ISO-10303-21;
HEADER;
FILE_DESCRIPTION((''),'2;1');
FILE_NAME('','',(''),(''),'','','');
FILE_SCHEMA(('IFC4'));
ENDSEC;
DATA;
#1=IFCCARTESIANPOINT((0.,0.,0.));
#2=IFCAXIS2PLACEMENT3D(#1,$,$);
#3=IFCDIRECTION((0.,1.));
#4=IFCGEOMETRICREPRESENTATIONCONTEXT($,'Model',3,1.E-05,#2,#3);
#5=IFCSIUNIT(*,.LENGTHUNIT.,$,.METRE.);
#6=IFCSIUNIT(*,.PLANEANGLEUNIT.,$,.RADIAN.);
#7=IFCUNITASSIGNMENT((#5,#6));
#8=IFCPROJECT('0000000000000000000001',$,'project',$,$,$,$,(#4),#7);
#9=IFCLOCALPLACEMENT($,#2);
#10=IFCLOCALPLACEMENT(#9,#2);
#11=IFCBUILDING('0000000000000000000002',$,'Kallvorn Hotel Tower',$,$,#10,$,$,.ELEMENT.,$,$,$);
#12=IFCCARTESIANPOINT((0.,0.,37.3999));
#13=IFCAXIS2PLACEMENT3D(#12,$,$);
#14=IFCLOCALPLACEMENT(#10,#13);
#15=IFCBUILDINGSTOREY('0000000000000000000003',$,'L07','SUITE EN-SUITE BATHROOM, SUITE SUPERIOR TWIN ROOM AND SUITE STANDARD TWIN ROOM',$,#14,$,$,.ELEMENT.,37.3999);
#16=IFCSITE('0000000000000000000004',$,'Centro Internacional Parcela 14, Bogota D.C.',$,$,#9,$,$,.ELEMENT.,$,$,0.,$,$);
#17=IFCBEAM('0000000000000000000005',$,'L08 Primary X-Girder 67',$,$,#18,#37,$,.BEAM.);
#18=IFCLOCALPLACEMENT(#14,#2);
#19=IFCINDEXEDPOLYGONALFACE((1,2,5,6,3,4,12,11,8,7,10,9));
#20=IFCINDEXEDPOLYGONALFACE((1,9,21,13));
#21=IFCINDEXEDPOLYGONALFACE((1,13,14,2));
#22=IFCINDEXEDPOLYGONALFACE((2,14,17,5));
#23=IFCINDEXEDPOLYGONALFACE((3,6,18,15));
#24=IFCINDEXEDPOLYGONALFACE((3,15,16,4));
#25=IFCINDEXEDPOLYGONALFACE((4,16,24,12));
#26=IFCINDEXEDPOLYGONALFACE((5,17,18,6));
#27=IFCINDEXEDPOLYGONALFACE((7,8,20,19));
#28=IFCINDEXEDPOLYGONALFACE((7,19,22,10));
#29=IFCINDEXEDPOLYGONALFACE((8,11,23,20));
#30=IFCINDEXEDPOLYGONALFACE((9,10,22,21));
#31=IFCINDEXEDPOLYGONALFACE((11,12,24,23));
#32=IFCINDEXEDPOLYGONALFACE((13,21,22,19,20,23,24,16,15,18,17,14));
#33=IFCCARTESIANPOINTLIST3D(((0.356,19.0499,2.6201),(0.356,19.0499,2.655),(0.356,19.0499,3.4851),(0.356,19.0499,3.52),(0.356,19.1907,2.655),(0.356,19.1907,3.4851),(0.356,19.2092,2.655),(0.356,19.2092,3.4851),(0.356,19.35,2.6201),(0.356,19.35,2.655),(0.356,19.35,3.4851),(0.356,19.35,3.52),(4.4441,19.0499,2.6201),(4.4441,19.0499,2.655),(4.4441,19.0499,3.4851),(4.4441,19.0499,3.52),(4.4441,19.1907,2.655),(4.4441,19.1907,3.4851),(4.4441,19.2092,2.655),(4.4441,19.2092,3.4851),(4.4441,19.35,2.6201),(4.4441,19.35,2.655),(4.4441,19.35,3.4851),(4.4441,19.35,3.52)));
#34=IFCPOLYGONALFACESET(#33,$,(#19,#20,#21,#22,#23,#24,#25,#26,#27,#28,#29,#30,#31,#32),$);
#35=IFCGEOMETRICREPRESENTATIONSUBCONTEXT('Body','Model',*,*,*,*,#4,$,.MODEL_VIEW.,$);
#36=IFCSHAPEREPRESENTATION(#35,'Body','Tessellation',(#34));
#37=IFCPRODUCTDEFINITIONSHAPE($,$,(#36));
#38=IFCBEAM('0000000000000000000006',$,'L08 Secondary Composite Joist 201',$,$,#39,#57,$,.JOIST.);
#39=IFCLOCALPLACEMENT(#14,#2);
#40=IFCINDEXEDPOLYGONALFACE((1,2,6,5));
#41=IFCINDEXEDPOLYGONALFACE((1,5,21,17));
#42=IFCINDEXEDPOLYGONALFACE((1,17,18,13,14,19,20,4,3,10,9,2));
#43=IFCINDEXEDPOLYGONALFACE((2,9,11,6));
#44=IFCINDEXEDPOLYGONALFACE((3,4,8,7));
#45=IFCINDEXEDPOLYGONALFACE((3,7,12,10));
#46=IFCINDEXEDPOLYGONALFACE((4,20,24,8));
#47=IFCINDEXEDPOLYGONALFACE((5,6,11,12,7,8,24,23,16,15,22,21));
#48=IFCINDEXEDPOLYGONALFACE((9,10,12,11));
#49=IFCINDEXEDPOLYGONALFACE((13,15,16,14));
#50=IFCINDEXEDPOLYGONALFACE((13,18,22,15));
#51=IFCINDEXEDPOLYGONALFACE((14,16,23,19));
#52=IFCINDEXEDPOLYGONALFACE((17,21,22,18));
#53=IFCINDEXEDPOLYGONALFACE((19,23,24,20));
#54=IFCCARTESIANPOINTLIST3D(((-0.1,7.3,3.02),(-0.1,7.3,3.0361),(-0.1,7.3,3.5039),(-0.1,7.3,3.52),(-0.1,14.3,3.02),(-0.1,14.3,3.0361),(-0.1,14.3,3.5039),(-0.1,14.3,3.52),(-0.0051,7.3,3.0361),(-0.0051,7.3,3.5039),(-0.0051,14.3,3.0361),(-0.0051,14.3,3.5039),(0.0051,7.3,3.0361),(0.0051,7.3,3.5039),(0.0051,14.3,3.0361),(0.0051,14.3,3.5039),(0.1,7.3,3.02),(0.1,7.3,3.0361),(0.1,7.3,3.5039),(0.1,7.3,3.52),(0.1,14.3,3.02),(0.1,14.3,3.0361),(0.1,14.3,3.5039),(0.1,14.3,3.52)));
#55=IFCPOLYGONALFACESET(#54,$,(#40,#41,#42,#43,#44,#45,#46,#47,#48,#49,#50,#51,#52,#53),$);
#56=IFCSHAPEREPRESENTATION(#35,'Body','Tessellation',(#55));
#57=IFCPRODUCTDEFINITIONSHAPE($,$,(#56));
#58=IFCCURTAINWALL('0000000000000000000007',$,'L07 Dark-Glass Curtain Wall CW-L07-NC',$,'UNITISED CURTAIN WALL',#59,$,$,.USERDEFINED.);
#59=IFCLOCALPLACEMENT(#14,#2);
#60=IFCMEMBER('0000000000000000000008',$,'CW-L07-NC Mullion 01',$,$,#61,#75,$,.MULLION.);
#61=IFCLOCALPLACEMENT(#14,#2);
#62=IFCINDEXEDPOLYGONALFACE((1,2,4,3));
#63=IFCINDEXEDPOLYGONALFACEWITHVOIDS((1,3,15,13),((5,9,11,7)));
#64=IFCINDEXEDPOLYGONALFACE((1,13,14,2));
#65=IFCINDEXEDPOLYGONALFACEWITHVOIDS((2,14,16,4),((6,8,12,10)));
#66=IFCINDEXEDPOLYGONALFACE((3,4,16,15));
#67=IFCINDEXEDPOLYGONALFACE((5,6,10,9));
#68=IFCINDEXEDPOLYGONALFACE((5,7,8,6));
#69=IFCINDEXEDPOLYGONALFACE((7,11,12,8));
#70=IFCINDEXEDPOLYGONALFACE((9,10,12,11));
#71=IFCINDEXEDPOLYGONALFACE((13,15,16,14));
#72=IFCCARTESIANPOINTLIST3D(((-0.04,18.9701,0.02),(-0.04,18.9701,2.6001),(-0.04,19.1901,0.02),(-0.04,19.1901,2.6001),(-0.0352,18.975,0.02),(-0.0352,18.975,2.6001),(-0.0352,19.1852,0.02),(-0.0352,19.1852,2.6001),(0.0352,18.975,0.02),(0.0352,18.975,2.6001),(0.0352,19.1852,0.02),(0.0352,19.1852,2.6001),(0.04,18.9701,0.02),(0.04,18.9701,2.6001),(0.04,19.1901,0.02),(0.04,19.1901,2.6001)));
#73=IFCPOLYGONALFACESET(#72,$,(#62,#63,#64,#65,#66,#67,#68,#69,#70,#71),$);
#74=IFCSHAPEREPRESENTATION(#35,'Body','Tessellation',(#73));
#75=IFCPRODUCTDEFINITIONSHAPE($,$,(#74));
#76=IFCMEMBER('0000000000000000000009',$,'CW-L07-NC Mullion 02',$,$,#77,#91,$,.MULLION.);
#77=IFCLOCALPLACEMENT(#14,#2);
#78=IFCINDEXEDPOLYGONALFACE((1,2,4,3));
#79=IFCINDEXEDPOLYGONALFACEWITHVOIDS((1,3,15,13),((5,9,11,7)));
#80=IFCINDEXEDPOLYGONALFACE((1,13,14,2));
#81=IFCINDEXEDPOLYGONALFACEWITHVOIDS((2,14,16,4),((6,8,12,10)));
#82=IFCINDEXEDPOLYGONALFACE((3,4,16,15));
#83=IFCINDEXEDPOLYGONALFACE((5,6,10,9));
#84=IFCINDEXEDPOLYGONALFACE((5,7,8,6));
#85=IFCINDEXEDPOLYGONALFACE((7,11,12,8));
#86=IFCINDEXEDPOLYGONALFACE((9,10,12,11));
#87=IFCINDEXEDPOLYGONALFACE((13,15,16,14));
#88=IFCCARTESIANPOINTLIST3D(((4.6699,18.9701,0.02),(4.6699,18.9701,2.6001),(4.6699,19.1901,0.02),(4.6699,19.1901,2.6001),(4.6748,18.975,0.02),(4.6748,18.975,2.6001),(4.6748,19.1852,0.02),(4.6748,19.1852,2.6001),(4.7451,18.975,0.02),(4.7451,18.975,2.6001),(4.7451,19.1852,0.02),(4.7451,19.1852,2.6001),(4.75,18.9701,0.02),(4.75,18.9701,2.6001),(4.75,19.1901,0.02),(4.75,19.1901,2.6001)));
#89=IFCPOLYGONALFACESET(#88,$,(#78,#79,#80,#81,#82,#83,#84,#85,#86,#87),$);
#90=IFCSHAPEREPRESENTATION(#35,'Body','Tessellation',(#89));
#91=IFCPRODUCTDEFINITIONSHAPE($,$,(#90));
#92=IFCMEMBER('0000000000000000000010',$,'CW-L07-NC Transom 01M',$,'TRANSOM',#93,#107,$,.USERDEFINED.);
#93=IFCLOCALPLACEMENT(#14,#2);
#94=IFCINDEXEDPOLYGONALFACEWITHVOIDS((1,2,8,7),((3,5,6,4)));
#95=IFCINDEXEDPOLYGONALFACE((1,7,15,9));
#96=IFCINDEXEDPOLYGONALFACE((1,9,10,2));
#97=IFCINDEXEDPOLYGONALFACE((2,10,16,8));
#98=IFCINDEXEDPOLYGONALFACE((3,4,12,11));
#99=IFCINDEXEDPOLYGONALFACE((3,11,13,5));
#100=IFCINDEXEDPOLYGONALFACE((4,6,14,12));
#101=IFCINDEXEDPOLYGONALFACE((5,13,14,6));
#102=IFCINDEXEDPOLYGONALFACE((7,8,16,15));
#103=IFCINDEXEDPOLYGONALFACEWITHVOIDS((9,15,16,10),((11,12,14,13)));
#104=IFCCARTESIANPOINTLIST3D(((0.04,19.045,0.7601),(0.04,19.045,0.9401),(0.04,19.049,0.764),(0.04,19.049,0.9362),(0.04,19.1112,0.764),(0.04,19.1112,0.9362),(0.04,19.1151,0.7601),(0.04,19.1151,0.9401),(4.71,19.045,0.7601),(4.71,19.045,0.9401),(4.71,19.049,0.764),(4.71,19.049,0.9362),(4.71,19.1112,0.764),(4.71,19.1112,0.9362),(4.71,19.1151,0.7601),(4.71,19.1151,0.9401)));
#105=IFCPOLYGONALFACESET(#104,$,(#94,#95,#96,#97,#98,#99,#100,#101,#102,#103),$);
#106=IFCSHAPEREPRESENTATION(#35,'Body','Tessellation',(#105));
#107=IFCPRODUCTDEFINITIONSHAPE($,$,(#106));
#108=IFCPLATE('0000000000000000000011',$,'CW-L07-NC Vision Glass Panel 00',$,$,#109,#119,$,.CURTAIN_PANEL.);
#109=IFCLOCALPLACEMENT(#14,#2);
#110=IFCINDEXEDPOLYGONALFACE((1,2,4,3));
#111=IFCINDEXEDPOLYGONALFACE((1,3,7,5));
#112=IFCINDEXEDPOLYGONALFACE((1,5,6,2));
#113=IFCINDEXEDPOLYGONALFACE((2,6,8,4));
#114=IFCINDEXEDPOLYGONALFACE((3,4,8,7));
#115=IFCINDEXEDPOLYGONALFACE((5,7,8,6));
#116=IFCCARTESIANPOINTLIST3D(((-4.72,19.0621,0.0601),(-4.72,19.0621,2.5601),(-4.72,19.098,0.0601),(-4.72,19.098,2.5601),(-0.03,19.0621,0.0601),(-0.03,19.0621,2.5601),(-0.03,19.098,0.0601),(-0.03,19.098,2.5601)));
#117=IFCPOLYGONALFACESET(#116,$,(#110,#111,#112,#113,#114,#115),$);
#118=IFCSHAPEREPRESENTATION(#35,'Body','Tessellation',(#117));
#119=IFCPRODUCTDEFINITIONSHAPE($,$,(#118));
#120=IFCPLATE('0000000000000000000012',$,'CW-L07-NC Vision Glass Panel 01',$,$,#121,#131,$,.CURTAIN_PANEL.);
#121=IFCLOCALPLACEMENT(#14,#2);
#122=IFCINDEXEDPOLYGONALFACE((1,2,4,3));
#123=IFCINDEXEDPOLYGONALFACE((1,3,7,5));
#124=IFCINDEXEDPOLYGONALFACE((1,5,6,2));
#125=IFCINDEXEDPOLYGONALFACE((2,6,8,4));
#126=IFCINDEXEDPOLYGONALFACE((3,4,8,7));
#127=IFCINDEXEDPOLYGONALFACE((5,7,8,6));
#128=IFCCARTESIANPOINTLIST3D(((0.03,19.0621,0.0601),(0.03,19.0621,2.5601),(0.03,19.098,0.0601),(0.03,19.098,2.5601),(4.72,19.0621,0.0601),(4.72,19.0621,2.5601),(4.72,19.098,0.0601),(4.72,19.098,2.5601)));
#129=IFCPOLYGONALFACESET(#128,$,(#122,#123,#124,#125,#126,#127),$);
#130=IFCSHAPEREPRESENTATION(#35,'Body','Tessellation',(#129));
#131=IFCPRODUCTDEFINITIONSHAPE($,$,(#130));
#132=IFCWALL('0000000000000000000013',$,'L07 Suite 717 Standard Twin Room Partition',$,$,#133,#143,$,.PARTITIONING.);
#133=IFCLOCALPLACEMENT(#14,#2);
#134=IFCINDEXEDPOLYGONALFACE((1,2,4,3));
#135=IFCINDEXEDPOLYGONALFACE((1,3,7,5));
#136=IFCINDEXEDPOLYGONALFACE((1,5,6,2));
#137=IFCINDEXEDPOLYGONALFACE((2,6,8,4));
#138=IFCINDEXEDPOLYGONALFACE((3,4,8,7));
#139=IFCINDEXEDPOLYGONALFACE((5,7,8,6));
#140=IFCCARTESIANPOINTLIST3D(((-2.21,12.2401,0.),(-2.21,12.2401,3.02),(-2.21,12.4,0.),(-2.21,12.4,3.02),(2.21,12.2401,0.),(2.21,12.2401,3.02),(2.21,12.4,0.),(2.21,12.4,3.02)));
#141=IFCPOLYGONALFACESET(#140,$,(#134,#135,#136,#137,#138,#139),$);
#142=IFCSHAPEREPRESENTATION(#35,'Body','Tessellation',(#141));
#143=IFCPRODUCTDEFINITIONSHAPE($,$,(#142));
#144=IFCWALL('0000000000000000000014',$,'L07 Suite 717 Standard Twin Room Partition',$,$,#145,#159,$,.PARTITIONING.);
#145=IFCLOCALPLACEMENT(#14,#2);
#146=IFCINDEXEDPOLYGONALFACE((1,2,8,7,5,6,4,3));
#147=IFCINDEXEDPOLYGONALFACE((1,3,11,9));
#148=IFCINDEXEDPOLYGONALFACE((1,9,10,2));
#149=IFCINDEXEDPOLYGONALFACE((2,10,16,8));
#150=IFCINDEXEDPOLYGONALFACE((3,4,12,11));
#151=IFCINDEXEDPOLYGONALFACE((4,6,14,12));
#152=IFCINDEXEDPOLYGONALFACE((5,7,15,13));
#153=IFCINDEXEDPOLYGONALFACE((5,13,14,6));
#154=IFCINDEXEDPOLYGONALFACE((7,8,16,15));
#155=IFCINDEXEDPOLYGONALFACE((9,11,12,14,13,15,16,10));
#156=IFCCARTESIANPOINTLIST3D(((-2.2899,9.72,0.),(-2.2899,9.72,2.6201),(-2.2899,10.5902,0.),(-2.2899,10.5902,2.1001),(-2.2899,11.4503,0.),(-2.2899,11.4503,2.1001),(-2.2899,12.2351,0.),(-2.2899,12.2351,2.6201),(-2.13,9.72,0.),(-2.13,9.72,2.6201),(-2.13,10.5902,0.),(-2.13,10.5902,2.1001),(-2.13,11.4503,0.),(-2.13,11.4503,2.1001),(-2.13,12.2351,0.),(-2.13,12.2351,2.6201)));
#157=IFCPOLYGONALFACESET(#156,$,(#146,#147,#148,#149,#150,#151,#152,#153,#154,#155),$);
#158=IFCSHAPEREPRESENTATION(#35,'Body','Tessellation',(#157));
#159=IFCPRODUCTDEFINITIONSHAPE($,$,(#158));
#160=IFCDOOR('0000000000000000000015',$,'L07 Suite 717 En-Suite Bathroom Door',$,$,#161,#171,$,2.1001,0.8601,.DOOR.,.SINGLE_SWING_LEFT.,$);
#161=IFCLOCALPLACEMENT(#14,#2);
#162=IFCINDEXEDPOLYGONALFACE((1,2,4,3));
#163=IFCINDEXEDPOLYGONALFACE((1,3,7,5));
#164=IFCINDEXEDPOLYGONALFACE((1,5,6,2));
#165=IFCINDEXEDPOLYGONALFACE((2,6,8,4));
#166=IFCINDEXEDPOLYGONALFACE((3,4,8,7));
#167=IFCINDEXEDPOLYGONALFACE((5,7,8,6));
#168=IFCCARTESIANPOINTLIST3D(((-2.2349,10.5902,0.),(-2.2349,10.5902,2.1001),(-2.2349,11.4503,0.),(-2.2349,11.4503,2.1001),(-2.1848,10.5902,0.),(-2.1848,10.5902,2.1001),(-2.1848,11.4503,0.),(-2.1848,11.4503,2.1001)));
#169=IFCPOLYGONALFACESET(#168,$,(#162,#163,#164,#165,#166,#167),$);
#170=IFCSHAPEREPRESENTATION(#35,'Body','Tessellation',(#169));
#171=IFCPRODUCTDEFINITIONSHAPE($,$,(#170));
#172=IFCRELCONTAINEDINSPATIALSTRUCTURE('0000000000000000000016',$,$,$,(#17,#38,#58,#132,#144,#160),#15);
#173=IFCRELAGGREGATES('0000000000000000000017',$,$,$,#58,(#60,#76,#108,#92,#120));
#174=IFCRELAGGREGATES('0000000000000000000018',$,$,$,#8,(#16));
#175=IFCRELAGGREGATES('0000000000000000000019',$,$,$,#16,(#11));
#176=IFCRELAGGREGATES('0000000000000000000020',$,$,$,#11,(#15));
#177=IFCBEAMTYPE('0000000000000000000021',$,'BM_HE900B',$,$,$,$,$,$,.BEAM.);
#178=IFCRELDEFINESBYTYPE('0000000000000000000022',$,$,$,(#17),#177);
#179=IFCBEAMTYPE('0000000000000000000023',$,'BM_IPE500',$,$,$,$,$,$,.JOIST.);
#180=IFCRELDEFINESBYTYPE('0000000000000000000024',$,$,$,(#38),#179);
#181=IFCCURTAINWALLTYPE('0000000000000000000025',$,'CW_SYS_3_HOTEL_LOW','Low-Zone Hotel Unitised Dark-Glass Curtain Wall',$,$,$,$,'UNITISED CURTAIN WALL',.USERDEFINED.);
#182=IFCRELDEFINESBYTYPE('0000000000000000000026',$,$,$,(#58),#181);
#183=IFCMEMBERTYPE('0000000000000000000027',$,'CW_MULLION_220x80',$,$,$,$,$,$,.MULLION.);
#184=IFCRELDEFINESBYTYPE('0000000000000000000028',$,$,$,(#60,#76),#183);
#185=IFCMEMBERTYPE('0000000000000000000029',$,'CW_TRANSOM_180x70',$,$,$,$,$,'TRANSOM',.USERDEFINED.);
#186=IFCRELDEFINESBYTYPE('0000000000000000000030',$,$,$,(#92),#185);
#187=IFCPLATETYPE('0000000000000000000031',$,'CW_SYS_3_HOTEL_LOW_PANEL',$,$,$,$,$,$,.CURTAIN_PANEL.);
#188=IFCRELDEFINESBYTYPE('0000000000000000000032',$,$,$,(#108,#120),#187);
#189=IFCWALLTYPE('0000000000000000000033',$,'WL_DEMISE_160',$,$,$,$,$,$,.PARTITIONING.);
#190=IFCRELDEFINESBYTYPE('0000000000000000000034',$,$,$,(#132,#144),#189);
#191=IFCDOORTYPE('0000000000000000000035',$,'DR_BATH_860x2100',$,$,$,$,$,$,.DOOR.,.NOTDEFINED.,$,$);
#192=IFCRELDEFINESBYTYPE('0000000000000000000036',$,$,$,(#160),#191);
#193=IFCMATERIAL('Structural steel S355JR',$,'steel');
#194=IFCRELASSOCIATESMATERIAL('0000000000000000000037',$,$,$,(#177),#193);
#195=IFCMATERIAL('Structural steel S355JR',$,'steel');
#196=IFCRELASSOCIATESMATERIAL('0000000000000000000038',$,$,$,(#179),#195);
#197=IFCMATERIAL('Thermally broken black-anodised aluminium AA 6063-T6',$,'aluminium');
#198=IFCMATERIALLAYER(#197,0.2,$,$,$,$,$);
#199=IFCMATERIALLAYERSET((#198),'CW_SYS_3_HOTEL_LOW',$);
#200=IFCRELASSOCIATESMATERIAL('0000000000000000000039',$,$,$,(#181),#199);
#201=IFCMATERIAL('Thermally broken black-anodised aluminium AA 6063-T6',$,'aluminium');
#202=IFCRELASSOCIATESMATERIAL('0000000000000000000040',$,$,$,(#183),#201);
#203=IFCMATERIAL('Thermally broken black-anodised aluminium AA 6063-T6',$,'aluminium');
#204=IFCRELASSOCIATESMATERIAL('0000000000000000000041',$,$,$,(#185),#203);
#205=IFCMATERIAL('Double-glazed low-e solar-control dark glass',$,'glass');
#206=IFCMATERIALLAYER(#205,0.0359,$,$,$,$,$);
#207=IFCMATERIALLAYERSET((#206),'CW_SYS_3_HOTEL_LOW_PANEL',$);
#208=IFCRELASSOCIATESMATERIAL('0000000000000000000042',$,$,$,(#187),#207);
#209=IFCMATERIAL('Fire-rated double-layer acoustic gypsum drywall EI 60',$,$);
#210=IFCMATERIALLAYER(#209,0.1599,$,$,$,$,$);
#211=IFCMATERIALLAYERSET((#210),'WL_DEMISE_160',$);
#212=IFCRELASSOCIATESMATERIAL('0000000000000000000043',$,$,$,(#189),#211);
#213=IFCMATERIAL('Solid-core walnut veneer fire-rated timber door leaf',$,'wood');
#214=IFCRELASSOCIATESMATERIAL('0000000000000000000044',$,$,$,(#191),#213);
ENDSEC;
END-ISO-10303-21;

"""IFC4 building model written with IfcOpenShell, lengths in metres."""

from ifc_helpers import new_model, si_unit, direction, frame, frame_2d, origin, origin_2d, place, context, subcontext, project, spatial, rectangle, hollow_rectangle, i_section, extrude, material, layer, layer_set, material_profile, profile_set, type_object, element, fill, aggregate, save


model = new_model("IFC4")

# Units and contexts
model_context = context("Model", 3, precision=1e-05, world=origin(), true_north=direction((0.0, 1.0)))
body_context = subcontext(model_context, "Body", "Model", "MODEL_VIEW")
ifc_project = project(units=[si_unit("LENGTHUNIT", "METRE"), si_unit("PLANEANGLEUNIT", "RADIAN")], contexts=[model_context])

# Site, building, storey
site_placement = place(None, origin())
site = spatial("IfcSite", under=ifc_project, at=site_placement, Name="Centro Internacional Parcela 14, Bogota D.C.", CompositionType="ELEMENT", RefElevation=0.0)
building_placement = place(site_placement, origin())
building = spatial("IfcBuilding", under=site, at=building_placement, Name="Kallvorn Hotel Tower", CompositionType="ELEMENT")
storey_placement = place(building_placement, frame((0.0, 0.0, 37.3999)))
storey = spatial("IfcBuildingStorey", under=building, at=storey_placement, Name="L07", Description="SUITE EN-SUITE BATHROOM, SUITE SUPERIOR TWIN ROOM AND SUITE STANDARD TWIN ROOM", CompositionType="ELEMENT", Elevation=37.3999)

# Beams
ifc_material_1 = material(Name="Structural steel S355JR", Category="steel")
ifc_material_profile_1 = material_profile(ifc_material_1, i_section(OverallWidth=0.3, OverallDepth=0.8999, WebThickness=0.0186, FlangeThickness=0.0349, at=origin_2d()), Name="HE 900 B")
ifc_profile_set_1 = profile_set([ifc_material_profile_1], Name="Structural steel S355JR")
beam_type_1 = type_object("IfcBeamType", Name="BM_HE900B", PredefinedType="BEAM", material=ifc_profile_set_1)
beam_1_placement = place(storey_placement, frame((0.356, 19.2, 3.0701), z_axis=(1.0, 0.0, 0.0), x_axis=(0.0, 1.0, 0.0)))
element("IfcBeam", 1, at=beam_1_placement, inside=storey, type_object=beam_type_1, Name="L08 Primary X-Girder 67", PredefinedType="BEAM", context=body_context, shape_type="SweptSolid", body=[
    extrude(i_section(OverallWidth=0.3, OverallDepth=0.8999, WebThickness=0.0186, FlangeThickness=0.0349, at=origin_2d()), origin(), (0.0, 0.0, 1.0), 4.0881),
])
ifc_material_2 = material(Name="Structural steel S355JR", Category="steel")
ifc_material_profile_2 = material_profile(ifc_material_2, i_section(OverallWidth=0.2, OverallDepth=0.5, WebThickness=0.0103, FlangeThickness=0.0161, at=origin_2d()), Name="IPE 500")
ifc_profile_set_2 = profile_set([ifc_material_profile_2], Name="Structural steel S355JR")
beam_type_2 = type_object("IfcBeamType", Name="BM_IPE500", PredefinedType="JOIST", material=ifc_profile_set_2)
beam_2_placement = place(storey_placement, frame((0.0, 7.3, 3.27), z_axis=(0.0, 1.0, 0.0), x_axis=(-1.0, 0.0, 0.0)))
element("IfcBeam", 2, at=beam_2_placement, inside=storey, type_object=beam_type_2, Name="L08 Secondary Composite Joist 201", PredefinedType="JOIST", context=body_context, shape_type="SweptSolid", body=[
    extrude(i_section(OverallWidth=0.2, OverallDepth=0.5, WebThickness=0.0103, FlangeThickness=0.0161, at=origin_2d()), origin(), (0.0, 0.0, 1.0), 7.0),
])

# Curtain wall, members, plates
ifc_material_3 = material(Name="Thermally broken black-anodised aluminium AA 6063-T6", Category="aluminium")
ifc_layer_1 = layer(ifc_material_3, 0.2)
ifc_layer_set_1 = layer_set([ifc_layer_1], Name="CW_SYS_3_HOTEL_LOW")
curtain_wall_type = type_object("IfcCurtainWallType", Name="CW_SYS_3_HOTEL_LOW", Description="Low-Zone Hotel Unitised Dark-Glass Curtain Wall", ElementType="UNITISED CURTAIN WALL", PredefinedType="USERDEFINED", material=ifc_layer_set_1)
curtain_wall_placement = place(storey_placement, origin())
curtain_wall = element("IfcCurtainWall", 3, at=curtain_wall_placement, inside=storey, type_object=curtain_wall_type, Name="L07 Dark-Glass Curtain Wall CW-L07-NC", ObjectType="UNITISED CURTAIN WALL", PredefinedType="USERDEFINED")
ifc_material_4 = material(Name="Thermally broken black-anodised aluminium AA 6063-T6", Category="aluminium")
ifc_material_profile_3 = material_profile(ifc_material_4, hollow_rectangle(XDim=0.0801, YDim=0.22, WallThickness=0.0049, at=origin_2d()), Name="MUL 220x80")
ifc_profile_set_3 = profile_set([ifc_material_profile_3], Name="Thermally broken black-anodised aluminium AA 6063-T6")
member_type_1 = type_object("IfcMemberType", Name="CW_MULLION_220x80", PredefinedType="MULLION", material=ifc_profile_set_3)
member_1_placement = place(storey_placement, frame((0.0, 19.0801, 0.02), z_axis=(0.0, 0.0, 1.0), x_axis=(1.0, 0.0, 0.0)))
member_1 = element("IfcMember", 4, at=member_1_placement, type_object=member_type_1, Name="CW-L07-NC Mullion 01", PredefinedType="MULLION", context=body_context, shape_type="SweptSolid", body=[
    extrude(hollow_rectangle(XDim=0.0801, YDim=0.22, WallThickness=0.0049, at=origin_2d()), origin(), (0.0, 0.0, 1.0), 2.5801),
])
member_2_placement = place(storey_placement, frame((4.71, 19.0801, 0.02), z_axis=(0.0, 0.0, 1.0), x_axis=(1.0, 0.0, 0.0)))
member_2 = element("IfcMember", 5, at=member_2_placement, type_object=member_type_1, Name="CW-L07-NC Mullion 02", PredefinedType="MULLION", context=body_context, shape_type="SweptSolid", body=[
    extrude(hollow_rectangle(XDim=0.0801, YDim=0.22, WallThickness=0.0049, at=origin_2d()), origin(), (0.0, 0.0, 1.0), 2.5801),
])
ifc_material_5 = material(Name="Thermally broken black-anodised aluminium AA 6063-T6", Category="aluminium")
ifc_material_profile_4 = material_profile(ifc_material_5, hollow_rectangle(XDim=0.0701, YDim=0.1799, WallThickness=0.0039, at=origin_2d()), Name="TRN 180x70")
ifc_profile_set_4 = profile_set([ifc_material_profile_4], Name="Thermally broken black-anodised aluminium AA 6063-T6")
member_type_2 = type_object("IfcMemberType", Name="CW_TRANSOM_180x70", ElementType="TRANSOM", PredefinedType="USERDEFINED", material=ifc_profile_set_4)
member_3_placement = place(storey_placement, frame((0.04, 19.0801, 0.8501), z_axis=(1.0, 0.0, 0.0), x_axis=(0.0, 1.0, 0.0)))
member_3 = element("IfcMember", 6, at=member_3_placement, type_object=member_type_2, Name="CW-L07-NC Transom 01M", ObjectType="TRANSOM", PredefinedType="USERDEFINED", context=body_context, shape_type="SweptSolid", body=[
    extrude(hollow_rectangle(XDim=0.0701, YDim=0.1799, WallThickness=0.0039, at=origin_2d()), origin(), (0.0, 0.0, 1.0), 4.6699),
])
ifc_material_6 = material(Name="Double-glazed low-e solar-control dark glass", Category="glass")
ifc_layer_2 = layer(ifc_material_6, 0.0359)
ifc_layer_set_2 = layer_set([ifc_layer_2], Name="CW_SYS_3_HOTEL_LOW_PANEL")
plate_type = type_object("IfcPlateType", Name="CW_SYS_3_HOTEL_LOW_PANEL", PredefinedType="CURTAIN_PANEL", material=ifc_layer_set_2)
plate_1_placement = place(storey_placement, frame((-2.375, 19.0801, 0.0601), z_axis=(0.0, 0.0, 1.0), x_axis=(1.0, 0.0, 0.0)))
plate_1 = element("IfcPlate", 7, at=plate_1_placement, type_object=plate_type, Name="CW-L07-NC Vision Glass Panel 00", PredefinedType="CURTAIN_PANEL", context=body_context, shape_type="SweptSolid", body=[
    extrude(rectangle(XDim=4.6899, YDim=0.0359, at=origin_2d()), origin(), (0.0, 0.0, 1.0), 2.5),
])
plate_2_placement = place(storey_placement, frame((2.375, 19.0801, 0.0601), z_axis=(0.0, 0.0, 1.0), x_axis=(1.0, 0.0, 0.0)))
plate_2 = element("IfcPlate", 8, at=plate_2_placement, type_object=plate_type, Name="CW-L07-NC Vision Glass Panel 01", PredefinedType="CURTAIN_PANEL", context=body_context, shape_type="SweptSolid", body=[
    extrude(rectangle(XDim=4.6899, YDim=0.0359, at=origin_2d()), origin(), (0.0, 0.0, 1.0), 2.5),
])
aggregate(curtain_wall, [member_1, member_2, plate_1, member_3, plate_2])

# Wall
ifc_material_7 = material(Name="Fire-rated double-layer acoustic gypsum drywall EI 60")
ifc_layer_3 = layer(ifc_material_7, 0.1599)
ifc_layer_set_3 = layer_set([ifc_layer_3], Name="WL_DEMISE_160")
wall_type_1 = type_object("IfcWallType", Name="WL_DEMISE_160", PredefinedType="PARTITIONING", material=ifc_layer_set_3)
wall_1_placement = place(storey_placement, frame((-2.21, 12.3201, 0.0), z_axis=(0.0, 0.0, 1.0), x_axis=(1.0, 0.0, 0.0)))
element("IfcWall", 9, at=wall_1_placement, inside=storey, type_object=wall_type_1, Name="L07 Suite 717 Standard Twin Room Partition", PredefinedType="PARTITIONING", context=body_context, shape_type="SweptSolid", body=[
    extrude(rectangle(XDim=4.4199, YDim=0.1599, at=frame_2d((2.21, 0.0))), origin(), (0.0, 0.0, 1.0), 3.02),
])

# Wall, opening, door
wall_2_placement = place(storey_placement, frame((-2.21, 9.72, 0.0), z_axis=(0.0, 0.0, 1.0), x_axis=(0.0, 1.0, 0.0)))
wall_2 = element("IfcWall", 10, at=wall_2_placement, inside=storey, type_object=wall_type_1, Name="L07 Suite 717 Standard Twin Room Partition", PredefinedType="PARTITIONING", context=body_context, shape_type="SweptSolid", body=[
    extrude(rectangle(XDim=2.5151, YDim=0.1599, at=frame_2d((1.2576, 0.0))), origin(), (0.0, 0.0, 1.0), 2.6201),
])
opening_1_placement = place(wall_2_placement, frame((0.8701, 0.0, 0.0)))
opening_1 = element("IfcOpeningElement", 11, at=opening_1_placement, cuts=wall_2, PredefinedType="OPENING", context=body_context, shape_type="SweptSolid", body=[
    extrude(rectangle(XDim=0.8601, YDim=2.1001, at=frame_2d((0.4302, 1.05))), frame((0.0, 0.095, 0.0), z_axis=(0.0, -1.0, 0.0), x_axis=(1.0, 0.0, 0.0)), (0.0, 0.0, 1.0), 0.1899),
])
ifc_material_8 = material(Name="Solid-core walnut veneer fire-rated timber door leaf", Category="wood")
door_type = type_object("IfcDoorType", Name="DR_BATH_860x2100", OperationType="NOTDEFINED", PredefinedType="DOOR", material=ifc_material_8)
door_1_placement = place(opening_1_placement, origin())
door_1 = element("IfcDoor", 12, at=door_1_placement, inside=storey, type_object=door_type, Name="L07 Suite 717 En-Suite Bathroom Door", OperationType="SINGLE_SWING_LEFT", OverallHeight=2.1001, OverallWidth=0.8601, PredefinedType="DOOR", context=body_context, shape_type="SweptSolid", body=[
    extrude(rectangle(XDim=0.8601, YDim=2.1001, at=frame_2d((0.4302, 1.05))), frame((0.0, 0.0249, 0.0), z_axis=(0.0, -1.0, 0.0), x_axis=(1.0, 0.0, 0.0)), (0.0, 0.0, 1.0), 0.05),
])
fill(opening_1, door_1)

save(model, "model.ifc")
